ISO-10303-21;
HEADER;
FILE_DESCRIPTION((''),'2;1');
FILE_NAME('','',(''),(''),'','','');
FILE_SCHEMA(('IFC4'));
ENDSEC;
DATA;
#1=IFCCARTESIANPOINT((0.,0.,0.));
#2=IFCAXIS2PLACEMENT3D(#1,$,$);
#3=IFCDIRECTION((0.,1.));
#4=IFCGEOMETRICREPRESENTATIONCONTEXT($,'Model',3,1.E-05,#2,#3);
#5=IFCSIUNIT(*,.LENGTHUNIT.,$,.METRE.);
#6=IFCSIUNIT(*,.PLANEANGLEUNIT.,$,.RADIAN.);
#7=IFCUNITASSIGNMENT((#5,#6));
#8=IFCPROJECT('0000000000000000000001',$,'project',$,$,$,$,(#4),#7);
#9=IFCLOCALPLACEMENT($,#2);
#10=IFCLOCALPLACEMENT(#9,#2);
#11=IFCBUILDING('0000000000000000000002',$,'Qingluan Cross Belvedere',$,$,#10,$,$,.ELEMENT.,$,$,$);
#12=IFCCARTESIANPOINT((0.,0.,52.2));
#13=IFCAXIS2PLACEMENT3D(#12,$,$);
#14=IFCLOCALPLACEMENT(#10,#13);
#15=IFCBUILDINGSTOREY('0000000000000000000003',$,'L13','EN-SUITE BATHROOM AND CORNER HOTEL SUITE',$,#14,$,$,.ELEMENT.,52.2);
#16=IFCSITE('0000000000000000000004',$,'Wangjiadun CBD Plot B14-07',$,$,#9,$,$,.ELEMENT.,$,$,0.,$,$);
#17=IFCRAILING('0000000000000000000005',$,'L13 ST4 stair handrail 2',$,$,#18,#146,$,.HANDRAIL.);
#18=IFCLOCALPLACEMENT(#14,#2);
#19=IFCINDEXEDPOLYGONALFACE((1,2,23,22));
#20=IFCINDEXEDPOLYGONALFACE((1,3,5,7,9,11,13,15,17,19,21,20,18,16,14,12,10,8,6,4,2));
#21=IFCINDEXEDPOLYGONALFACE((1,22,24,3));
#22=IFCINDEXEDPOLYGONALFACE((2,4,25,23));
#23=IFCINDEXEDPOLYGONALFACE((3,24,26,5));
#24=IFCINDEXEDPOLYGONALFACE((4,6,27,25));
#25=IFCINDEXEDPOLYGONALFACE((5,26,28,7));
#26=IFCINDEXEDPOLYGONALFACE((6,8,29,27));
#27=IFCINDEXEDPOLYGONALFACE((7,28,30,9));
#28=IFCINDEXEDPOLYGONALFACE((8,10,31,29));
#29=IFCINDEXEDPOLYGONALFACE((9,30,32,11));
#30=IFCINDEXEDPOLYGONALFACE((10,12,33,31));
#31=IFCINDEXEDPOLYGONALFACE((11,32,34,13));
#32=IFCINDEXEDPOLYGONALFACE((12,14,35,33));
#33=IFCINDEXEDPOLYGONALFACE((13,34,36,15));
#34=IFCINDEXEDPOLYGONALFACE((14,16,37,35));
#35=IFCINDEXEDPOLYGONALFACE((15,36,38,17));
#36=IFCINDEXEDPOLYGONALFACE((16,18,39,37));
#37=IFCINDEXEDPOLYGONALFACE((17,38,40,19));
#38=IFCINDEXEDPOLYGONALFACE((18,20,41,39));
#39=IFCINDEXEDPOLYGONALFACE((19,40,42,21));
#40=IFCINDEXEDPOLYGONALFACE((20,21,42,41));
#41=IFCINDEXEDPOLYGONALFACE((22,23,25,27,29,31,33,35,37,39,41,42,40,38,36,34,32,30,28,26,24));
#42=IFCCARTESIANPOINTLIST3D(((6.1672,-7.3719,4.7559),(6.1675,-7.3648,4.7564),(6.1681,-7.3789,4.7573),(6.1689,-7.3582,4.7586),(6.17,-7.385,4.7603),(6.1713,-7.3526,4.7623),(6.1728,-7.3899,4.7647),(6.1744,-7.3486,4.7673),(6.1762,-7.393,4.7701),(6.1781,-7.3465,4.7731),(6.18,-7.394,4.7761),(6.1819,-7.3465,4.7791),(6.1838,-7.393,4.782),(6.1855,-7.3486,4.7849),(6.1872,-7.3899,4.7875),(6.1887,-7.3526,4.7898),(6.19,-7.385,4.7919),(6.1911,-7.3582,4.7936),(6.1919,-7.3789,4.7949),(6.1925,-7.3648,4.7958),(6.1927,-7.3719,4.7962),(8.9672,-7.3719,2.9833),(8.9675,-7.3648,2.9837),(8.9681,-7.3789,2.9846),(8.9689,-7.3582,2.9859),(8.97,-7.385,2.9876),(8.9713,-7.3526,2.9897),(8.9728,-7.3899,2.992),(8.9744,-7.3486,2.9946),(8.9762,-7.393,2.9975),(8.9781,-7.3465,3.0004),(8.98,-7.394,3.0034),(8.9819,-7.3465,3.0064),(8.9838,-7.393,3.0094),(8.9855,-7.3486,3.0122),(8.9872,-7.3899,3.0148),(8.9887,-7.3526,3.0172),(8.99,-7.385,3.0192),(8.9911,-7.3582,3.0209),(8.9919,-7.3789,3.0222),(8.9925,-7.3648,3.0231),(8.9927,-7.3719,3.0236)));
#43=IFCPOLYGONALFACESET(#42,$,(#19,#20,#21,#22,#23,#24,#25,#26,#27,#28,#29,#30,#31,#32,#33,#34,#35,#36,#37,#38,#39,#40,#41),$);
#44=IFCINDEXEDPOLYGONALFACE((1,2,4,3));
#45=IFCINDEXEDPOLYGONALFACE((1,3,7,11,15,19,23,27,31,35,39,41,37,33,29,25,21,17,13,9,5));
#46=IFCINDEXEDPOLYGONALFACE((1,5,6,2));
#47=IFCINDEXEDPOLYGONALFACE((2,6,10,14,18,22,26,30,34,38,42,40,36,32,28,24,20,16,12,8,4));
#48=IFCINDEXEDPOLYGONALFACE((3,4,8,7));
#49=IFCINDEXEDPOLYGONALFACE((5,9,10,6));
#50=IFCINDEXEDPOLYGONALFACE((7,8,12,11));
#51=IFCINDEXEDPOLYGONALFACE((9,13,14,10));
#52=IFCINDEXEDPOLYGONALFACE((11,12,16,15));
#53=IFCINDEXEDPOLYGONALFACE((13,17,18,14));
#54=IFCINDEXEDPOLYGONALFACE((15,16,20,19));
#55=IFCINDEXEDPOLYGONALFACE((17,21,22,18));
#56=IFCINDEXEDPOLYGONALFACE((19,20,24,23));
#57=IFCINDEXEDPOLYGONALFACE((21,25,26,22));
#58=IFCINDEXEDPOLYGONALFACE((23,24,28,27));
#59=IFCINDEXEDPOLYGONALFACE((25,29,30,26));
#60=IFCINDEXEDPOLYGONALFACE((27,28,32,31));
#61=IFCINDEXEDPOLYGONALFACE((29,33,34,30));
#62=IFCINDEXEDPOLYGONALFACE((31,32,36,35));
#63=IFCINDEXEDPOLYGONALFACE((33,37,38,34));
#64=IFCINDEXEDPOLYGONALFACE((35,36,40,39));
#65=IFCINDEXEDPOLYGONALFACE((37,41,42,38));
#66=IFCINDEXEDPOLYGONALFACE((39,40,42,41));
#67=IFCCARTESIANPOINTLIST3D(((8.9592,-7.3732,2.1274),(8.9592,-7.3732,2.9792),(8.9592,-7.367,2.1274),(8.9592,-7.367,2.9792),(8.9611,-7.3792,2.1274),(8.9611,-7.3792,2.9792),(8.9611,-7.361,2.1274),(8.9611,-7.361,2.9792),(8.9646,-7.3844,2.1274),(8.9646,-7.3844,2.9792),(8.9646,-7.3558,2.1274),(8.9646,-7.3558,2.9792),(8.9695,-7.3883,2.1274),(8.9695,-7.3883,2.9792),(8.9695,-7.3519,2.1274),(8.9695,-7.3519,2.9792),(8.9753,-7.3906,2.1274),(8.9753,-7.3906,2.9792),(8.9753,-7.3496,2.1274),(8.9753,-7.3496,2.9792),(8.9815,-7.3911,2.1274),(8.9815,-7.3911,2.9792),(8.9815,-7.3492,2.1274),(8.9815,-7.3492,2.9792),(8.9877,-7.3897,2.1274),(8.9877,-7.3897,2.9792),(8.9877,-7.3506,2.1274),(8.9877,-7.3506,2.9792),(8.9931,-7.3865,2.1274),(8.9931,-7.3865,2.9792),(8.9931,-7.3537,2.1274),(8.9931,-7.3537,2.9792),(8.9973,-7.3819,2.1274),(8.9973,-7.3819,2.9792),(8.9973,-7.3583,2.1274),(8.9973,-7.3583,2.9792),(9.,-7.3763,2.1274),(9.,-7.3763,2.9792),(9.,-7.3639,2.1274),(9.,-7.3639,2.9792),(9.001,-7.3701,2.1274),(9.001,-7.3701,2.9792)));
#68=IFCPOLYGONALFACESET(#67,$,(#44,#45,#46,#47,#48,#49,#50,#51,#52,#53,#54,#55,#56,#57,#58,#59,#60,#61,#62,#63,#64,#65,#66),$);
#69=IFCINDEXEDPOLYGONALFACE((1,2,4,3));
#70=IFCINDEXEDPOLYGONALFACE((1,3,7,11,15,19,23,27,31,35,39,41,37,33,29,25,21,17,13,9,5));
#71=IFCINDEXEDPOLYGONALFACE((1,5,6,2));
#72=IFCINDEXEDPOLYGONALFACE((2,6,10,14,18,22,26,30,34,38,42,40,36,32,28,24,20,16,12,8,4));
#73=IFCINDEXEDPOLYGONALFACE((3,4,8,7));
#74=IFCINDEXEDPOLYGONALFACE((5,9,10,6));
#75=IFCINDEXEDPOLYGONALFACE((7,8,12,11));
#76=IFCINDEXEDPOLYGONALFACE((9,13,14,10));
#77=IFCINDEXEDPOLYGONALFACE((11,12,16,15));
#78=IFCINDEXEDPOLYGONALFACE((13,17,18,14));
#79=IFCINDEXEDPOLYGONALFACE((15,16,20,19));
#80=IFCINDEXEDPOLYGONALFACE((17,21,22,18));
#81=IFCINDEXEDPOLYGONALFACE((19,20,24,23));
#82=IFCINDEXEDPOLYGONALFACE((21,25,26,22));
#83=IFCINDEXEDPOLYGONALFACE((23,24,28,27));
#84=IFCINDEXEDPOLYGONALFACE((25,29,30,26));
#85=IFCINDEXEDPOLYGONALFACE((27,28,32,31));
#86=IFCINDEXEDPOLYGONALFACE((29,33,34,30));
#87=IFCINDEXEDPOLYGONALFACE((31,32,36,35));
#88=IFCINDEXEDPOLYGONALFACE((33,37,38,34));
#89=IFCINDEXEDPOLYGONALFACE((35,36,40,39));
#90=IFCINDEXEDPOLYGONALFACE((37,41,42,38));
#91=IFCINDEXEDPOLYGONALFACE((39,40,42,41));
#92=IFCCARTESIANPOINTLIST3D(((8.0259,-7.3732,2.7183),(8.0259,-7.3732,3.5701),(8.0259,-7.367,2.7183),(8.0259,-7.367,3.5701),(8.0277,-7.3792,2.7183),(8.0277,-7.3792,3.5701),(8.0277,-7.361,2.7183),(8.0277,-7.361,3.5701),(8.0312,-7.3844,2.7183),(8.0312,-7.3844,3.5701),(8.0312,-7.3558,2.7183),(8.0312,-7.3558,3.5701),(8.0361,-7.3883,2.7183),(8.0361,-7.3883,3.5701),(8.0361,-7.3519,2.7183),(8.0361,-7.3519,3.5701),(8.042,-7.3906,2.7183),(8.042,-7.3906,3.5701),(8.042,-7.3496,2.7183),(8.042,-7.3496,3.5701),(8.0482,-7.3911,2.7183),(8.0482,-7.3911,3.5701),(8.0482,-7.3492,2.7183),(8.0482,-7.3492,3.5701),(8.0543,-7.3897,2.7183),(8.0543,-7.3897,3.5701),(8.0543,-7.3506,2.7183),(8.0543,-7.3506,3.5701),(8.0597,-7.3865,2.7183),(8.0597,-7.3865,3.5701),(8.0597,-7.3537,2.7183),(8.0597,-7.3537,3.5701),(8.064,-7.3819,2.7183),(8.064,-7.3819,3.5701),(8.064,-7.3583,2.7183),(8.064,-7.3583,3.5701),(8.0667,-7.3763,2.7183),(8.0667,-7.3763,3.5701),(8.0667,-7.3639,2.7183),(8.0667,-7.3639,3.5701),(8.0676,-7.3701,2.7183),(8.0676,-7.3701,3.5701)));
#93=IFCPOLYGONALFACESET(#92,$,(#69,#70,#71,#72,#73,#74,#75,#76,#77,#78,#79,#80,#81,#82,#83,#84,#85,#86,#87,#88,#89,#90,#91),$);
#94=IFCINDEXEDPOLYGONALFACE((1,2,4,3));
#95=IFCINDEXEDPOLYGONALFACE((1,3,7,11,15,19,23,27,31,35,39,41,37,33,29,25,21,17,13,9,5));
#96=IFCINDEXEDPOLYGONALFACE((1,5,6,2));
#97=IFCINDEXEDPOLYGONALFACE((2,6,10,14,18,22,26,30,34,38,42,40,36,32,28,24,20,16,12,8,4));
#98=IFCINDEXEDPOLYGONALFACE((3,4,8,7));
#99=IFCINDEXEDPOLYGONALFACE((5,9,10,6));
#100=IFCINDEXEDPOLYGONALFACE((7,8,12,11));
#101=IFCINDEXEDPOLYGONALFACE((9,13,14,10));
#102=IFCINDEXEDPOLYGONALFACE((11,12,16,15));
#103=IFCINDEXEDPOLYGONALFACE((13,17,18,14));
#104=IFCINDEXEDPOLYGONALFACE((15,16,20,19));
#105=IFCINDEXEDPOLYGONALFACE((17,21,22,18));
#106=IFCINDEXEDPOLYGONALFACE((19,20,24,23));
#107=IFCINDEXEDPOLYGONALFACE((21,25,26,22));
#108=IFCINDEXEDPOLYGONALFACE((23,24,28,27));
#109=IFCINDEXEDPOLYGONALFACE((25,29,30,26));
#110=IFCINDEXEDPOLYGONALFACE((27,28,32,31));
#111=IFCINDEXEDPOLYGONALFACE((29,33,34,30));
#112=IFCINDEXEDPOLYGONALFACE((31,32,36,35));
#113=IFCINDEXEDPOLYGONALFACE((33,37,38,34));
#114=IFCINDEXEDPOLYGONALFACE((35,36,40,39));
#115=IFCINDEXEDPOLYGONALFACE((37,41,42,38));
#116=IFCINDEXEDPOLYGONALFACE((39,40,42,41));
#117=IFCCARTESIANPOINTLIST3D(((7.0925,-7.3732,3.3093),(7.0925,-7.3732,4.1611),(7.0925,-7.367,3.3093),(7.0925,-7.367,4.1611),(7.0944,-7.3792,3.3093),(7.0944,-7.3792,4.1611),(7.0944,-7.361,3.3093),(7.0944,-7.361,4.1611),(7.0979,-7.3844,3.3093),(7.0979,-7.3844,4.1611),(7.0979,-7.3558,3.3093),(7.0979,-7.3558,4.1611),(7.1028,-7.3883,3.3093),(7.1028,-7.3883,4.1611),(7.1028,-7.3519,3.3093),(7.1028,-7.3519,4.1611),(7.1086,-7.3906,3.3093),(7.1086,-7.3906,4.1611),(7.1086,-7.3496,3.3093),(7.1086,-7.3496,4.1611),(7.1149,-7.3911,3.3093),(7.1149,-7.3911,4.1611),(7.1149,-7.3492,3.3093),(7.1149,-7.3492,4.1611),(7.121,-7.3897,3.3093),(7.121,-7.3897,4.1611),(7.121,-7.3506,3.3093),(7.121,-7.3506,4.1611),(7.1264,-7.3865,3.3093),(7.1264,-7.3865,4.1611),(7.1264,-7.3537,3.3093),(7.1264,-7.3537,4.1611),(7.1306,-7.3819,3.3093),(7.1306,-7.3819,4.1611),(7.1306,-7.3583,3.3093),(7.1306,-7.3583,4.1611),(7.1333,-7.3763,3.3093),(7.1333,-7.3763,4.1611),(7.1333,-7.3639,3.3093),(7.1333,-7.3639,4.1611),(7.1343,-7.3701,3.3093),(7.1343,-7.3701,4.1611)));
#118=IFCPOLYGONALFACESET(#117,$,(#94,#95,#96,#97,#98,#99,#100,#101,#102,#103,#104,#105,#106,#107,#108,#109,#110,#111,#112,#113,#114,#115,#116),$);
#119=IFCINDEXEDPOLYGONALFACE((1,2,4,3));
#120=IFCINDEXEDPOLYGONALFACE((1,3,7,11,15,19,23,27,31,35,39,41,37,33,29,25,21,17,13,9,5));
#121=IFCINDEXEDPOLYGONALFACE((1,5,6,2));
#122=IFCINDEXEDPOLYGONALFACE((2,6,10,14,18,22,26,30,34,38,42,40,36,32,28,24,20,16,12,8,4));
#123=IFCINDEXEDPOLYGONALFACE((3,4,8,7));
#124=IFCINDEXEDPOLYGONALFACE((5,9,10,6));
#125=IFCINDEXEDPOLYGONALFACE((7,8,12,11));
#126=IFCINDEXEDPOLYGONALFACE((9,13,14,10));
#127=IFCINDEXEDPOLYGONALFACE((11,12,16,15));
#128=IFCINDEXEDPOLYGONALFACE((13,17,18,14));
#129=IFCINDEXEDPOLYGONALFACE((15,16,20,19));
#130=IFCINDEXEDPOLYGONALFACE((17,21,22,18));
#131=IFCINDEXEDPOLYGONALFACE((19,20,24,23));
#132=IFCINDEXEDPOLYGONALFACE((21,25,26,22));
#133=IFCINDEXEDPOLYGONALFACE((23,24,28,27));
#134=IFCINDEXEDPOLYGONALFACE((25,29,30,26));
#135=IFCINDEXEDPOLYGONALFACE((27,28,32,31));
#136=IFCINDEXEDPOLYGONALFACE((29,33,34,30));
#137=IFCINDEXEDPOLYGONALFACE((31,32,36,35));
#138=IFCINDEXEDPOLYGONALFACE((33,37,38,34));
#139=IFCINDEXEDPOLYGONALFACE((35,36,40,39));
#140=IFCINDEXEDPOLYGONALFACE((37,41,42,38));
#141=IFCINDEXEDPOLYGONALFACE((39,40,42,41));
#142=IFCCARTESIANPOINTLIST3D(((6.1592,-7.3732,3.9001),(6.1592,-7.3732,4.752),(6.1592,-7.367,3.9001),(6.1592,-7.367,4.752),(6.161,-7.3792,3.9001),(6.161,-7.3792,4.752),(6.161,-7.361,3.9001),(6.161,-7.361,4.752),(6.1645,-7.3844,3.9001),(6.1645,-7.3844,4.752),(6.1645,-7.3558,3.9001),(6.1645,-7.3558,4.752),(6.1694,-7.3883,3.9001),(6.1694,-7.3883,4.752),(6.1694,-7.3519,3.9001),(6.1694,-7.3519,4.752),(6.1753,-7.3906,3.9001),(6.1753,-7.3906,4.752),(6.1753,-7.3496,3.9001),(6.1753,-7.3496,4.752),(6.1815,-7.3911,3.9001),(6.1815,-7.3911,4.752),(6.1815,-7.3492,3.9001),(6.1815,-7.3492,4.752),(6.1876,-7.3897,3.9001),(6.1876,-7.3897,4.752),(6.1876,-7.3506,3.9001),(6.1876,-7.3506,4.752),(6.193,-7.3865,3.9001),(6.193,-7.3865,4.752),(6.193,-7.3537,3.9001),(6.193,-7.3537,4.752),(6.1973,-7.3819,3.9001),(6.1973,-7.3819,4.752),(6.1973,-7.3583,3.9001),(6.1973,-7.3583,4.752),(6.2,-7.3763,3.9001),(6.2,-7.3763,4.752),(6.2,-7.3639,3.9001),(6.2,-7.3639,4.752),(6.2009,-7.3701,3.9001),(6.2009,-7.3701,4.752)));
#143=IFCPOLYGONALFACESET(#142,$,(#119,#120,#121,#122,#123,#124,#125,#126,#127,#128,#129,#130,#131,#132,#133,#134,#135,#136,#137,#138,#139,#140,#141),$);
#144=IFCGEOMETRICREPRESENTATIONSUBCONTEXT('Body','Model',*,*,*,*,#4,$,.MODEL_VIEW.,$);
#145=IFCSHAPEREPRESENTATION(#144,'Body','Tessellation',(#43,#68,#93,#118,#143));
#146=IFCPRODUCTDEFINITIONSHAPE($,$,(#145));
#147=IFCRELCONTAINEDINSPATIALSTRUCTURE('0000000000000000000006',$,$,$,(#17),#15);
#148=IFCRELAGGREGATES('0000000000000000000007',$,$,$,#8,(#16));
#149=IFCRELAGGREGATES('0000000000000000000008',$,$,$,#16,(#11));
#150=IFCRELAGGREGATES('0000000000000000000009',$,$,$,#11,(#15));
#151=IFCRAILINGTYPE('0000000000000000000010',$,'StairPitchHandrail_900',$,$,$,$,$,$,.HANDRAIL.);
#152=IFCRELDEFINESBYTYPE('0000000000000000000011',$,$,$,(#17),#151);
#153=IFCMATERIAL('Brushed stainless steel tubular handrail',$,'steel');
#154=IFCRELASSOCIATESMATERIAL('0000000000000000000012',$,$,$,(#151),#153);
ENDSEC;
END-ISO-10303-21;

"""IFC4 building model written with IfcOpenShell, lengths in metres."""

from ifc_helpers import new_model, si_unit, direction, frame, origin, origin_2d, place, context, subcontext, project, spatial, circle, extrude, material, type_object, element, save


model = new_model("IFC4")

# Units and contexts
model_context = context("Model", 3, precision=1e-05, world=origin(), true_north=direction((0.0, 1.0)))
body_context = subcontext(model_context, "Body", "Model", "MODEL_VIEW")
ifc_project = project(units=[si_unit("LENGTHUNIT", "METRE"), si_unit("PLANEANGLEUNIT", "RADIAN")], contexts=[model_context])

# Site, building, storey
site_placement = place(None, origin())
site = spatial("IfcSite", under=ifc_project, at=site_placement, Name="Wangjiadun CBD Plot B14-07", CompositionType="ELEMENT", RefElevation=0.0)
building_placement = place(site_placement, origin())
building = spatial("IfcBuilding", under=site, at=building_placement, Name="Qingluan Cross Belvedere", CompositionType="ELEMENT")
storey_placement = place(building_placement, frame((0.0, 0.0, 52.2)))
storey = spatial("IfcBuildingStorey", under=building, at=storey_placement, Name="L13", Description="EN-SUITE BATHROOM AND CORNER HOTEL SUITE", CompositionType="ELEMENT", Elevation=52.2)

# Railing
ifc_material_1 = material(Name="Brushed stainless steel tubular handrail", Category="steel")
railing_type_1 = type_object("IfcRailingType", Name="StairPitchHandrail_900", PredefinedType="HANDRAIL", material=ifc_material_1)
for number, where, name in (
    (1, (8.98, -7.3701, 2.1274), "L13 ST4 stair handrail 2"),
):
    element("IfcRailing", number, at=place(storey_placement, frame(where)), inside=storey, type_object=railing_type_1, Name=name, PredefinedType="HANDRAIL", context=body_context, shape_type="SweptSolid", body=[
        extrude(circle(Radius=0.0239, at=origin_2d()), frame((0.0, 0.0, 0.876), z_axis=(-0.844909, 0.0, 0.53491), x_axis=(0.0, -1.0, 0.0)), (0.0, 0.0, 1.0), 3.314),
        extrude(circle(Radius=0.021, at=origin_2d()), origin(), (0.0, 0.0, 1.0), 0.8518),
        extrude(circle(Radius=0.021, at=origin_2d()), frame((-0.9333, 0.0, 0.5908)), (0.0, 0.0, 1.0), 0.8518),
        extrude(circle(Radius=0.021, at=origin_2d()), frame((-1.8667, 0.0, 1.1819)), (0.0, 0.0, 1.0), 0.8518),
        extrude(circle(Radius=0.021, at=origin_2d()), frame((-2.8, 0.0, 1.7727)), (0.0, 0.0, 1.0), 0.8518),
    ])

save(model, "model.ifc")
